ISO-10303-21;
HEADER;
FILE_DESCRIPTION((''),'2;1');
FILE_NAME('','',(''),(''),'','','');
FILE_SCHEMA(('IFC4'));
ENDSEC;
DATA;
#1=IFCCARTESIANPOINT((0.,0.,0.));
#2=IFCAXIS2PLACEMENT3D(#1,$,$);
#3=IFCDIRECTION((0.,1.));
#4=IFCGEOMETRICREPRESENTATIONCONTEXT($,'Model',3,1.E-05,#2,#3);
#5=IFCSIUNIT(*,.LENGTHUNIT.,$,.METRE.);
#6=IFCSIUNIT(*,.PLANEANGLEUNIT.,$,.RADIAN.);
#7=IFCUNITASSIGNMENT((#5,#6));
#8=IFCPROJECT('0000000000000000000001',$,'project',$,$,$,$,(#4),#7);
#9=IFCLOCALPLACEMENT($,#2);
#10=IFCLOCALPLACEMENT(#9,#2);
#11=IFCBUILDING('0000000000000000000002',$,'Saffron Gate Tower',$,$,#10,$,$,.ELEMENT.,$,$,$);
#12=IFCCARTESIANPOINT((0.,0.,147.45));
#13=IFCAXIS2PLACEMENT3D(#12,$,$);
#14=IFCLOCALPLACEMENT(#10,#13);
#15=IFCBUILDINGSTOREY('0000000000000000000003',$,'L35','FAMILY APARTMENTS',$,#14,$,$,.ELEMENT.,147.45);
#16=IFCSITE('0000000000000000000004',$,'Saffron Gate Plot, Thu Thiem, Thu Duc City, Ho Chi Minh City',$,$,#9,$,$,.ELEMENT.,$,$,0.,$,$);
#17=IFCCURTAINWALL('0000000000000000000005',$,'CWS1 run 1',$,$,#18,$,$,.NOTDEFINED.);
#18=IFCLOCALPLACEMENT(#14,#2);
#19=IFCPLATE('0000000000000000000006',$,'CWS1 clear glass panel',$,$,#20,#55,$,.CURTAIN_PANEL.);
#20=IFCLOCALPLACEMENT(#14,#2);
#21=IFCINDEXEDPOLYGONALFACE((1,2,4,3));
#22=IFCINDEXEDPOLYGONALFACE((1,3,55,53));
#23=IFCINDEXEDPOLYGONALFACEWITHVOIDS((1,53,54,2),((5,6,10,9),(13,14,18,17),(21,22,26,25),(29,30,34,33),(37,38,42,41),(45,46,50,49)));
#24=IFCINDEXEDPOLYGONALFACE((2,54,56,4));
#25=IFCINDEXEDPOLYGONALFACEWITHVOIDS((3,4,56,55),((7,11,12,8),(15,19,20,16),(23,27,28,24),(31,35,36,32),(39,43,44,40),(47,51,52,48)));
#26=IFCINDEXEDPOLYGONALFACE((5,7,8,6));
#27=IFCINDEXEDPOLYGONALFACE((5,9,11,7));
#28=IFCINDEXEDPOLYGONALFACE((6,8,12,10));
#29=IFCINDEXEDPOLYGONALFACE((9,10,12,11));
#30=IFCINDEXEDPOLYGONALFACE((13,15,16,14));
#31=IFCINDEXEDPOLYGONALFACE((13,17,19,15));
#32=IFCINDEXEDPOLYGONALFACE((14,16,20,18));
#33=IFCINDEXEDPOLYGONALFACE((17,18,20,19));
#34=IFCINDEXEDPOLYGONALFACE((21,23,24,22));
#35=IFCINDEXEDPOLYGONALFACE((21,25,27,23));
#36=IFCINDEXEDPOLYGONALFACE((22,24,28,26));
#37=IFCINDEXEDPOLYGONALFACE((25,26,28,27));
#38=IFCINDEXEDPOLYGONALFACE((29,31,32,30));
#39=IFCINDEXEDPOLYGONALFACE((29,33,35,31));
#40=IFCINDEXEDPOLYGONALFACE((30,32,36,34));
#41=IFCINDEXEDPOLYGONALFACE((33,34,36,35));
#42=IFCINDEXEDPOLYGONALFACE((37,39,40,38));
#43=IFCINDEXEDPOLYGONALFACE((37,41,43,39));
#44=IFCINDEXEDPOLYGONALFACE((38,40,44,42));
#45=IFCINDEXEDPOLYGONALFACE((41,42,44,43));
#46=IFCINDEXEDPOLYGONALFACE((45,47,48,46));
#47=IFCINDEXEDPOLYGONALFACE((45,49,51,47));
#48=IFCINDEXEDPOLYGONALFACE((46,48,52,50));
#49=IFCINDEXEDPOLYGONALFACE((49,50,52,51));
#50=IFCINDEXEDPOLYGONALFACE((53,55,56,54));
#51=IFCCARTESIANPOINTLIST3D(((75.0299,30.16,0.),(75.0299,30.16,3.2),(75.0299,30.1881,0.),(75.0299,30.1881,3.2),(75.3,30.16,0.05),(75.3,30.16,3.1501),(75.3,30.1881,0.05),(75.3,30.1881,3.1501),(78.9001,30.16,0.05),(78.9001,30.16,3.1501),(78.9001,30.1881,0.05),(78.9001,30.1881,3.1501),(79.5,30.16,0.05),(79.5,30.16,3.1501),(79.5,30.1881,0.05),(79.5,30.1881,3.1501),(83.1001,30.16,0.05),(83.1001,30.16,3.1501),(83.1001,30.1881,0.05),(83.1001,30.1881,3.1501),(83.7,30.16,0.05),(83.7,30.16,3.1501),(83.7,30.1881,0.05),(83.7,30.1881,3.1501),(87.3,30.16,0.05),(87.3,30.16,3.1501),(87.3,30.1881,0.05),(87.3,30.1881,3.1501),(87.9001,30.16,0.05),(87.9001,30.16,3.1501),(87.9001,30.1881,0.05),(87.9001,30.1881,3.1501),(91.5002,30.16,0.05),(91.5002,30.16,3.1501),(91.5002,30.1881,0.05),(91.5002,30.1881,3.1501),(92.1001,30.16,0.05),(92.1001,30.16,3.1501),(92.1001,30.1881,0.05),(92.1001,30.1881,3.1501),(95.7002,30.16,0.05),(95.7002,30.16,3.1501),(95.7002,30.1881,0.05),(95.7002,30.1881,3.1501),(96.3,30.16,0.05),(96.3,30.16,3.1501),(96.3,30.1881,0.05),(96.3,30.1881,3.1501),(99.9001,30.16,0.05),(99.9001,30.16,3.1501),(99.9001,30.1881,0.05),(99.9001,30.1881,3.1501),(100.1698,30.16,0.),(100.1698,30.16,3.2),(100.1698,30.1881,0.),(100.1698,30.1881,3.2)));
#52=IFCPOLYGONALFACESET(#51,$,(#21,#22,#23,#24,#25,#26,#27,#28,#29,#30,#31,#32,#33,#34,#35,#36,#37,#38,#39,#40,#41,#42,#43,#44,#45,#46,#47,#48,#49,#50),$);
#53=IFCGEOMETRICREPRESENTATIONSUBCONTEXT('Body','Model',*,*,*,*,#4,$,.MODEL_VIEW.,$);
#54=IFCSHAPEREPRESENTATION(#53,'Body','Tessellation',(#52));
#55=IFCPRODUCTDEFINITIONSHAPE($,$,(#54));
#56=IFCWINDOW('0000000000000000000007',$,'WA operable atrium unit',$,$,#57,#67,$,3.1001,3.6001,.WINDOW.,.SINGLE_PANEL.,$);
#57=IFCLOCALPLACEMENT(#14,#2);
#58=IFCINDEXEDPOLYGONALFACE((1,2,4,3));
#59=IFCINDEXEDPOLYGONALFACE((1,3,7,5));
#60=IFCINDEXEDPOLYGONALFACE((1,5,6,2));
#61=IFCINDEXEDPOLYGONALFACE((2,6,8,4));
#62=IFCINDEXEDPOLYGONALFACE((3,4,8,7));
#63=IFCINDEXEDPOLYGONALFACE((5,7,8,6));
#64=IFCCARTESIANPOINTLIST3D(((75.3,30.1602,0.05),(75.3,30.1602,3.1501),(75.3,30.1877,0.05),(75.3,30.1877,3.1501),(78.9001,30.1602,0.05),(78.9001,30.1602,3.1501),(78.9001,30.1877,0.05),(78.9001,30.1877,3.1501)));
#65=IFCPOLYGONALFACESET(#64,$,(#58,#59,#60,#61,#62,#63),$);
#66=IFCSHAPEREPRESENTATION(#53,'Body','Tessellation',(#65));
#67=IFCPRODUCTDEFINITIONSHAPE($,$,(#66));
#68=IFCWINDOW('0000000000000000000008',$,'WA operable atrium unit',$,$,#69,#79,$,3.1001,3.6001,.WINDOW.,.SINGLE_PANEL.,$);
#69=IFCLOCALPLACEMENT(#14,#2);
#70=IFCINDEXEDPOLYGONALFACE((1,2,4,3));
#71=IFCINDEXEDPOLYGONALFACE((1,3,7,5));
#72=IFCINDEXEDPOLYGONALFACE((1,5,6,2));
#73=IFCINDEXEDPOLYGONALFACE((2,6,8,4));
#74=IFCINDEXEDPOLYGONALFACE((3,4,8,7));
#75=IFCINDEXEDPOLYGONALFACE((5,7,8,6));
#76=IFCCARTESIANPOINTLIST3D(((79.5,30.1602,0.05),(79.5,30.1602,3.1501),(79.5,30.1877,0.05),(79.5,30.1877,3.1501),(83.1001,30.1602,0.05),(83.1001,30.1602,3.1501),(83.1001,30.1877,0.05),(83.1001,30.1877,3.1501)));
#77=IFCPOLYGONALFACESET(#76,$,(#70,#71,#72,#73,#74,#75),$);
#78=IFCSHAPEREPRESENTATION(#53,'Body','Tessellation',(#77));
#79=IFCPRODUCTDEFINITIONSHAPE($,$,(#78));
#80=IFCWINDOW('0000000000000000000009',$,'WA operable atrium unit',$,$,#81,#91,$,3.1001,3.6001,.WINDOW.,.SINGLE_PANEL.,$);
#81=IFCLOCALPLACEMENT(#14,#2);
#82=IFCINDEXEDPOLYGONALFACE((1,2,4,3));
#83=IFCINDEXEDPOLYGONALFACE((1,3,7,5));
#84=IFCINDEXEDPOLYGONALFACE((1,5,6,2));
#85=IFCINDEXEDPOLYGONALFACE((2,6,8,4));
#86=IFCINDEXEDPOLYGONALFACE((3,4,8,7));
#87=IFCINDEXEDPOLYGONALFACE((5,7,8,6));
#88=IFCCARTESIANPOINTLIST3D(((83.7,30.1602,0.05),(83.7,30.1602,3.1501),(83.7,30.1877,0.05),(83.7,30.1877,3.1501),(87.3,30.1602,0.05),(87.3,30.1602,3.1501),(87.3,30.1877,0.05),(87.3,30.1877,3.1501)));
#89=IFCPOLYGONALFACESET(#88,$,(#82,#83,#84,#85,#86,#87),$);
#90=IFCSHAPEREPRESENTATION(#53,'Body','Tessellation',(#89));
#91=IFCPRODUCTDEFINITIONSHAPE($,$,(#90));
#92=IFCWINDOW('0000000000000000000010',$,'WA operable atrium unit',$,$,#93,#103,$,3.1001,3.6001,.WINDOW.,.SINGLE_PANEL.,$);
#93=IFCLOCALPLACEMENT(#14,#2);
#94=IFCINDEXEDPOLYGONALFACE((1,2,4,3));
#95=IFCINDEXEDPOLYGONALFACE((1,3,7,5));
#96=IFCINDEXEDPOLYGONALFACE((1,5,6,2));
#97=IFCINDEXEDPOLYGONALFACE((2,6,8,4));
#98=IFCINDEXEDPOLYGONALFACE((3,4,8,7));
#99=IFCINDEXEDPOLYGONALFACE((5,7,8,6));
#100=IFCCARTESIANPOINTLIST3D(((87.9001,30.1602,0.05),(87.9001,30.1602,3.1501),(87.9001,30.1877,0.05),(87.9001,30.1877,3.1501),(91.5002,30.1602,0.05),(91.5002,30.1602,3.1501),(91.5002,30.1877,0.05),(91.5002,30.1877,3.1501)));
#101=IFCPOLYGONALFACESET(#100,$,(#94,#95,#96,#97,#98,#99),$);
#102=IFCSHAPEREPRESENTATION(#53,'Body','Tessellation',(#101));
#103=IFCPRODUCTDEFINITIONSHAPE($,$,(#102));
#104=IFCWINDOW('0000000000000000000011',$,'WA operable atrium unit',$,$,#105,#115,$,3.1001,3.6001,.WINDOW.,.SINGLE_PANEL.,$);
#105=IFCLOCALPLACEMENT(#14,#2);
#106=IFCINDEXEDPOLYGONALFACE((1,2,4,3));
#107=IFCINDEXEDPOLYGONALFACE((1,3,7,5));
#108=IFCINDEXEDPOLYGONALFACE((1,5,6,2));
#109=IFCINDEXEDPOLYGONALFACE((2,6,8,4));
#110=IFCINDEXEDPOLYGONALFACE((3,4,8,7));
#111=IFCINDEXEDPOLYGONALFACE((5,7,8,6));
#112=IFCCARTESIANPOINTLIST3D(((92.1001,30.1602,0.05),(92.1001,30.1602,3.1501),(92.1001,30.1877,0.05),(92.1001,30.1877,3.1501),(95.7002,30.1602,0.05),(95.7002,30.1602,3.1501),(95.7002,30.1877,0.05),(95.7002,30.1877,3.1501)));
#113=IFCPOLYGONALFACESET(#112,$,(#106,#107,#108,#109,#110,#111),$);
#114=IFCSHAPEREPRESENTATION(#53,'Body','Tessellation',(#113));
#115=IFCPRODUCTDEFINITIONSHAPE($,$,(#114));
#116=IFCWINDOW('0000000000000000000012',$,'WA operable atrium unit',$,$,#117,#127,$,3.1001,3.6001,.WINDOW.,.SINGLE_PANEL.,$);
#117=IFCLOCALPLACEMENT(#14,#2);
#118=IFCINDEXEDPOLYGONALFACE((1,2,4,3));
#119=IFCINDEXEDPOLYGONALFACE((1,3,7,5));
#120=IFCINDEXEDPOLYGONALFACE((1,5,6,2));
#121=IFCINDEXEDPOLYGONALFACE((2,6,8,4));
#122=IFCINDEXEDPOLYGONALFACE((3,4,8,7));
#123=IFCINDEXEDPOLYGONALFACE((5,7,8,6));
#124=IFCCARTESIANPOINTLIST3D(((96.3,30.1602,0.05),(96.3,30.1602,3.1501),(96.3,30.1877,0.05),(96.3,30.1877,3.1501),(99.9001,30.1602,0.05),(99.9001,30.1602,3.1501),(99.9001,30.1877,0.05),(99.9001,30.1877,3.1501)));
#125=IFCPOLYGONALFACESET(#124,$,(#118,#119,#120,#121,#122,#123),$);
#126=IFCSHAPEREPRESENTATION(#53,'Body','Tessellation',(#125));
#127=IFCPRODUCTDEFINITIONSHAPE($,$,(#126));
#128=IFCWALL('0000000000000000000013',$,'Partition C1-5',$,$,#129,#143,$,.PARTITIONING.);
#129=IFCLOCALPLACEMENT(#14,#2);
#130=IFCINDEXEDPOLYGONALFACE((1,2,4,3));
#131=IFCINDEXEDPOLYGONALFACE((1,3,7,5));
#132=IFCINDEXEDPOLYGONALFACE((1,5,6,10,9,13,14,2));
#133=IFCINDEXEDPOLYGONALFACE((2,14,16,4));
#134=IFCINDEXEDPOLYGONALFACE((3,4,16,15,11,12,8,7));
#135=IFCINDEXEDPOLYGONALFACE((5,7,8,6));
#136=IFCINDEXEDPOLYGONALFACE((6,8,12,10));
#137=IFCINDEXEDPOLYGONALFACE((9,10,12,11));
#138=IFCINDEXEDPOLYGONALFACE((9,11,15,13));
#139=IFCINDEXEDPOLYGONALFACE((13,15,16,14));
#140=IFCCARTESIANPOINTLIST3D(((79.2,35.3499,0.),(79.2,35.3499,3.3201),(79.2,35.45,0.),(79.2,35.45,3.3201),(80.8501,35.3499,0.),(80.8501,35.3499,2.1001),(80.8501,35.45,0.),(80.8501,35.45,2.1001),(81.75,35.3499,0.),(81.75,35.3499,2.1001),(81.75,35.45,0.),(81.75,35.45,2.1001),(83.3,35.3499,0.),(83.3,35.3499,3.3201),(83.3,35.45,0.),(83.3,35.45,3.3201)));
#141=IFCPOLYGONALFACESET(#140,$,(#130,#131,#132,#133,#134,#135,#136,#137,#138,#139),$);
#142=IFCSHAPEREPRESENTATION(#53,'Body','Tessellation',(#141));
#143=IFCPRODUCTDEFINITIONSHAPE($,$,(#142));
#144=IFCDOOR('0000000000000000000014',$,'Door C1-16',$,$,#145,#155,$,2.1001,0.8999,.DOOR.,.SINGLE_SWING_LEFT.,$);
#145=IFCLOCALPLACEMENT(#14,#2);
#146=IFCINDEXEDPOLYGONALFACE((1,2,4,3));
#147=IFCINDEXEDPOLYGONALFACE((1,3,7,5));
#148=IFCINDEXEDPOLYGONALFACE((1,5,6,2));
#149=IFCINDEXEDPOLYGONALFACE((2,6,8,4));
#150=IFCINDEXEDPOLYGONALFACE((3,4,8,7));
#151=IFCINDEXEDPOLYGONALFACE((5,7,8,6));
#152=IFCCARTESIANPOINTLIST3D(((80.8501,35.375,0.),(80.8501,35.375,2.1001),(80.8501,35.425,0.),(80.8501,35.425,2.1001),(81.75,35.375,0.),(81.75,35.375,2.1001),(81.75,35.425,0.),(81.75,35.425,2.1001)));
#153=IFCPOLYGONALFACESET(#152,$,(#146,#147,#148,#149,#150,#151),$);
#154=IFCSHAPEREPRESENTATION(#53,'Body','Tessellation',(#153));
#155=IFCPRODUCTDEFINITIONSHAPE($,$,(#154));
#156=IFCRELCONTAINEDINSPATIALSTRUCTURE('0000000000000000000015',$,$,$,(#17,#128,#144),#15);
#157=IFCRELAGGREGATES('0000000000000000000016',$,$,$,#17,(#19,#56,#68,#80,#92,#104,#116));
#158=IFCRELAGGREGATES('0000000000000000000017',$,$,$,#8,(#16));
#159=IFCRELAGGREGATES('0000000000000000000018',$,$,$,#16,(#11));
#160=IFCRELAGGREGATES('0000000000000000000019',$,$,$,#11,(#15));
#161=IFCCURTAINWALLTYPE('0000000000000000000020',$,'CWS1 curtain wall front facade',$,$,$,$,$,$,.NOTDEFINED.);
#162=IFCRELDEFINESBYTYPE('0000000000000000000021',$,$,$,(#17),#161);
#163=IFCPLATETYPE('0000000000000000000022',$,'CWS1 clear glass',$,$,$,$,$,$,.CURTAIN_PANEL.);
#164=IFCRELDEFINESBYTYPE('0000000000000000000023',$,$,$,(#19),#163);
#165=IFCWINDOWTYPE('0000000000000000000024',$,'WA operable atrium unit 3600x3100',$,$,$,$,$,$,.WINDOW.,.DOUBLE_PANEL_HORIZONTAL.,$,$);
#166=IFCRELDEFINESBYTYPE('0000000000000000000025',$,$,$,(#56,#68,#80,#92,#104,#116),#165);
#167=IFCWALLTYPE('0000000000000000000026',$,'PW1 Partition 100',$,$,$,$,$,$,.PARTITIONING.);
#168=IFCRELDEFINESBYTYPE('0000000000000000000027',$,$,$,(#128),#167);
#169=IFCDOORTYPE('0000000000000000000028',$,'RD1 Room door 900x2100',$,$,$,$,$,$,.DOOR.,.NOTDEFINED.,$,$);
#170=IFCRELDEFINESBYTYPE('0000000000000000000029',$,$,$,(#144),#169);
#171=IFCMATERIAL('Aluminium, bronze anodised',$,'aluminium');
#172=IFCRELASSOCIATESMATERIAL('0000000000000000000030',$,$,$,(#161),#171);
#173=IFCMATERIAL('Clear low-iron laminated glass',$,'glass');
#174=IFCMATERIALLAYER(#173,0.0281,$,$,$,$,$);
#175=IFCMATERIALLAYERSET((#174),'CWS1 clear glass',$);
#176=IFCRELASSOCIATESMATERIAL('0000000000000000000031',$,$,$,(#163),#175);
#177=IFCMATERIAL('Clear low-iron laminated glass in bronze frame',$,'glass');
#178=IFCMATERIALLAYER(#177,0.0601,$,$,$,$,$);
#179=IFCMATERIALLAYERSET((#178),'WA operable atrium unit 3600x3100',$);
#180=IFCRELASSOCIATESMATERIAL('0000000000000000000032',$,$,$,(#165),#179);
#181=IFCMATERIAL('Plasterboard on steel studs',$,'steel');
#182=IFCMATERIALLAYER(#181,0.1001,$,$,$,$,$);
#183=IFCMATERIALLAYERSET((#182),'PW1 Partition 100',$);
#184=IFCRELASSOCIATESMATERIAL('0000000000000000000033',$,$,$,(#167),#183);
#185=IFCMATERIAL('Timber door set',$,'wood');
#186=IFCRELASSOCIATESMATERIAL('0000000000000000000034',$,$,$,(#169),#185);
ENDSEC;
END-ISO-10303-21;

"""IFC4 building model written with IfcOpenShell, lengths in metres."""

from ifc_helpers import new_model, si_unit, direction, frame, frame_2d, origin, place, context, subcontext, project, spatial, rectangle, extrude, material, layer, layer_set, type_object, element, fill, aggregate, save


model = new_model("IFC4")

# Units and contexts
model_context = context("Model", 3, precision=1e-05, world=origin(), true_north=direction((0.0, 1.0)))
body_context = subcontext(model_context, "Body", "Model", "MODEL_VIEW")
ifc_project = project(units=[si_unit("LENGTHUNIT", "METRE"), si_unit("PLANEANGLEUNIT", "RADIAN")], contexts=[model_context])

# Site, building, storey
site_placement = place(None, origin())
site = spatial("IfcSite", under=ifc_project, at=site_placement, Name="Saffron Gate Plot, Thu Thiem, Thu Duc City, Ho Chi Minh City", CompositionType="ELEMENT", RefElevation=0.0)
building_placement = place(site_placement, origin())
building = spatial("IfcBuilding", under=site, at=building_placement, Name="Saffron Gate Tower", CompositionType="ELEMENT")
storey_placement = place(building_placement, frame((0.0, 0.0, 147.45)))
storey = spatial("IfcBuildingStorey", under=building, at=storey_placement, Name="L35", Description="FAMILY APARTMENTS", CompositionType="ELEMENT", Elevation=147.45)

# Curtain wall, plate, openings, windows
ifc_material_1 = material(Name="Aluminium, bronze anodised", Category="aluminium")
curtain_wall_type = type_object("IfcCurtainWallType", Name="CWS1 curtain wall front facade", PredefinedType="NOTDEFINED", material=ifc_material_1)
curtain_wall_placement = place(storey_placement, origin())
curtain_wall = element("IfcCurtainWall", 1, at=curtain_wall_placement, inside=storey, type_object=curtain_wall_type, Name="CWS1 run 1", PredefinedType="NOTDEFINED")
ifc_material_2 = material(Name="Clear low-iron laminated glass", Category="glass")
ifc_layer_1 = layer(ifc_material_2, 0.0281)
ifc_layer_set_1 = layer_set([ifc_layer_1], Name="CWS1 clear glass")
plate_type = type_object("IfcPlateType", Name="CWS1 clear glass", PredefinedType="CURTAIN_PANEL", material=ifc_layer_set_1)
plate_placement = place(storey_placement, frame((75.03, 30.1741, 0.0), z_axis=(0.0, 0.0, 1.0), x_axis=(1.0, 0.0, 0.0)))
plate = element("IfcPlate", 2, at=plate_placement, type_object=plate_type, Name="CWS1 clear glass panel", PredefinedType="CURTAIN_PANEL", context=body_context, shape_type="SweptSolid", body=[
    extrude(rectangle(XDim=25.1399, YDim=0.0281, at=frame_2d((12.5698, 0.0))), origin(), (0.0, 0.0, 1.0), 3.2),
])
opening_1_placement = place(plate_placement, frame((0.27, 0.0, 0.05)))
opening_1 = element("IfcOpeningElement", 3, at=opening_1_placement, cuts=plate, PredefinedType="OPENING", context=body_context, shape_type="SweptSolid", body=[
    extrude(rectangle(XDim=3.6001, YDim=3.1001, at=frame_2d((1.8, 1.55))), frame((0.0, 0.0239, 0.0), z_axis=(0.0, -1.0, 0.0), x_axis=(1.0, 0.0, 0.0)), (0.0, 0.0, 1.0), 0.0481),
])
opening_2_placement = place(plate_placement, frame((4.47, 0.0, 0.05)))
opening_2 = element("IfcOpeningElement", 4, at=opening_2_placement, cuts=plate, PredefinedType="OPENING", context=body_context, shape_type="SweptSolid", body=[
    extrude(rectangle(XDim=3.6001, YDim=3.1001, at=frame_2d((1.8, 1.55))), frame((0.0, 0.0239, 0.0), z_axis=(0.0, -1.0, 0.0), x_axis=(1.0, 0.0, 0.0)), (0.0, 0.0, 1.0), 0.0481),
])
opening_3_placement = place(plate_placement, frame((8.6699, 0.0, 0.05)))
opening_3 = element("IfcOpeningElement", 5, at=opening_3_placement, cuts=plate, PredefinedType="OPENING", context=body_context, shape_type="SweptSolid", body=[
    extrude(rectangle(XDim=3.6001, YDim=3.1001, at=frame_2d((1.8, 1.55))), frame((0.0, 0.0239, 0.0), z_axis=(0.0, -1.0, 0.0), x_axis=(1.0, 0.0, 0.0)), (0.0, 0.0, 1.0), 0.0481),
])
opening_4_placement = place(plate_placement, frame((12.8701, 0.0, 0.05)))
opening_4 = element("IfcOpeningElement", 6, at=opening_4_placement, cuts=plate, PredefinedType="OPENING", context=body_context, shape_type="SweptSolid", body=[
    extrude(rectangle(XDim=3.6001, YDim=3.1001, at=frame_2d((1.8, 1.55))), frame((0.0, 0.0239, 0.0), z_axis=(0.0, -1.0, 0.0), x_axis=(1.0, 0.0, 0.0)), (0.0, 0.0, 1.0), 0.0481),
])
opening_5_placement = place(plate_placement, frame((17.0701, 0.0, 0.05)))
opening_5 = element("IfcOpeningElement", 7, at=opening_5_placement, cuts=plate, PredefinedType="OPENING", context=body_context, shape_type="SweptSolid", body=[
    extrude(rectangle(XDim=3.6001, YDim=3.1001, at=frame_2d((1.8, 1.55))), frame((0.0, 0.0239, 0.0), z_axis=(0.0, -1.0, 0.0), x_axis=(1.0, 0.0, 0.0)), (0.0, 0.0, 1.0), 0.0481),
])
opening_6_placement = place(plate_placement, frame((21.27, 0.0, 0.05)))
opening_6 = element("IfcOpeningElement", 8, at=opening_6_placement, cuts=plate, PredefinedType="OPENING", context=body_context, shape_type="SweptSolid", body=[
    extrude(rectangle(XDim=3.6001, YDim=3.1001, at=frame_2d((1.8, 1.55))), frame((0.0, 0.0239, 0.0), z_axis=(0.0, -1.0, 0.0), x_axis=(1.0, 0.0, 0.0)), (0.0, 0.0, 1.0), 0.0481),
])
ifc_material_3 = material(Name="Clear low-iron laminated glass in bronze frame", Category="glass")
ifc_layer_2 = layer(ifc_material_3, 0.0601)
ifc_layer_set_2 = layer_set([ifc_layer_2], Name="WA operable atrium unit 3600x3100")
window_type = type_object("IfcWindowType", Name="WA operable atrium unit 3600x3100", PartitioningType="DOUBLE_PANEL_HORIZONTAL", PredefinedType="WINDOW", material=ifc_layer_set_2)
window_1_placement = place(opening_1_placement, origin())
window_1 = element("IfcWindow", 9, at=window_1_placement, type_object=window_type, Name="WA operable atrium unit", OverallHeight=3.1001, OverallWidth=3.6001, PartitioningType="SINGLE_PANEL", PredefinedType="WINDOW", context=body_context, shape_type="SweptSolid", body=[
    extrude(rectangle(XDim=3.6001, YDim=3.1001, at=frame_2d((1.8, 1.55))), frame((0.0, 0.0137, 0.0), z_axis=(0.0, -1.0, 0.0), x_axis=(1.0, 0.0, 0.0)), (0.0, 0.0, 1.0), 0.0276),
])
fill(opening_1, window_1)
window_2_placement = place(opening_2_placement, origin())
window_2 = element("IfcWindow", 10, at=window_2_placement, type_object=window_type, Name="WA operable atrium unit", OverallHeight=3.1001, OverallWidth=3.6001, PartitioningType="SINGLE_PANEL", PredefinedType="WINDOW", context=body_context, shape_type="SweptSolid", body=[
    extrude(rectangle(XDim=3.6001, YDim=3.1001, at=frame_2d((1.8, 1.55))), frame((0.0, 0.0137, 0.0), z_axis=(0.0, -1.0, 0.0), x_axis=(1.0, 0.0, 0.0)), (0.0, 0.0, 1.0), 0.0276),
])
fill(opening_2, window_2)
window_3_placement = place(opening_3_placement, origin())
window_3 = element("IfcWindow", 11, at=window_3_placement, type_object=window_type, Name="WA operable atrium unit", OverallHeight=3.1001, OverallWidth=3.6001, PartitioningType="SINGLE_PANEL", PredefinedType="WINDOW", context=body_context, shape_type="SweptSolid", body=[
    extrude(rectangle(XDim=3.6001, YDim=3.1001, at=frame_2d((1.8, 1.55))), frame((0.0, 0.0137, 0.0), z_axis=(0.0, -1.0, 0.0), x_axis=(1.0, 0.0, 0.0)), (0.0, 0.0, 1.0), 0.0276),
])
fill(opening_3, window_3)
window_4_placement = place(opening_4_placement, origin())
window_4 = element("IfcWindow", 12, at=window_4_placement, type_object=window_type, Name="WA operable atrium unit", OverallHeight=3.1001, OverallWidth=3.6001, PartitioningType="SINGLE_PANEL", PredefinedType="WINDOW", context=body_context, shape_type="SweptSolid", body=[
    extrude(rectangle(XDim=3.6001, YDim=3.1001, at=frame_2d((1.8, 1.55))), frame((0.0, 0.0137, 0.0), z_axis=(0.0, -1.0, 0.0), x_axis=(1.0, 0.0, 0.0)), (0.0, 0.0, 1.0), 0.0276),
])
fill(opening_4, window_4)
window_5_placement = place(opening_5_placement, origin())
window_5 = element("IfcWindow", 13, at=window_5_placement, type_object=window_type, Name="WA operable atrium unit", OverallHeight=3.1001, OverallWidth=3.6001, PartitioningType="SINGLE_PANEL", PredefinedType="WINDOW", context=body_context, shape_type="SweptSolid", body=[
    extrude(rectangle(XDim=3.6001, YDim=3.1001, at=frame_2d((1.8, 1.55))), frame((0.0, 0.0137, 0.0), z_axis=(0.0, -1.0, 0.0), x_axis=(1.0, 0.0, 0.0)), (0.0, 0.0, 1.0), 0.0276),
])
fill(opening_5, window_5)
window_6_placement = place(opening_6_placement, origin())
window_6 = element("IfcWindow", 14, at=window_6_placement, type_object=window_type, Name="WA operable atrium unit", OverallHeight=3.1001, OverallWidth=3.6001, PartitioningType="SINGLE_PANEL", PredefinedType="WINDOW", context=body_context, shape_type="SweptSolid", body=[
    extrude(rectangle(XDim=3.6001, YDim=3.1001, at=frame_2d((1.8, 1.55))), frame((0.0, 0.0137, 0.0), z_axis=(0.0, -1.0, 0.0), x_axis=(1.0, 0.0, 0.0)), (0.0, 0.0, 1.0), 0.0276),
])
fill(opening_6, window_6)
aggregate(curtain_wall, [plate, window_1, window_2, window_3, window_4, window_5, window_6])

# Wall, opening, door
ifc_material_4 = material(Name="Plasterboard on steel studs", Category="steel")
ifc_layer_3 = layer(ifc_material_4, 0.1001)
ifc_layer_set_3 = layer_set([ifc_layer_3], Name="PW1 Partition 100")
wall_type_1 = type_object("IfcWallType", Name="PW1 Partition 100", PredefinedType="PARTITIONING", material=ifc_layer_set_3)
wall_1_placement = place(storey_placement, frame((83.3, 35.3999, 0.0), z_axis=(0.0, 0.0, 1.0), x_axis=(-1.0, 0.0, 0.0)))
wall_1 = element("IfcWall", 15, at=wall_1_placement, inside=storey, type_object=wall_type_1, Name="Partition C1-5", PredefinedType="PARTITIONING", context=body_context, shape_type="SweptSolid", body=[
    extrude(rectangle(XDim=4.1001, YDim=0.1001, at=frame_2d((2.05, 0.0))), origin(), (0.0, 0.0, 1.0), 3.3201),
])
opening_7_placement = place(wall_1_placement, frame((1.55, 0.0, 0.0)))
opening_7 = element("IfcOpeningElement", 16, at=opening_7_placement, cuts=wall_1, PredefinedType="OPENING", context=body_context, shape_type="SweptSolid", body=[
    extrude(rectangle(XDim=0.8999, YDim=2.1001, at=frame_2d((0.45, 1.05))), frame((0.0, 0.0601, 0.0), z_axis=(0.0, -1.0, 0.0), x_axis=(1.0, 0.0, 0.0)), (0.0, 0.0, 1.0), 0.1201),
])
ifc_material_5 = material(Name="Timber door set", Category="wood")
door_type_1 = type_object("IfcDoorType", Name="RD1 Room door 900x2100", OperationType="NOTDEFINED", PredefinedType="DOOR", material=ifc_material_5)
door_1_placement = place(opening_7_placement, origin())
door_1 = element("IfcDoor", 17, at=door_1_placement, inside=storey, type_object=door_type_1, Name="Door C1-16", OperationType="SINGLE_SWING_LEFT", OverallHeight=2.1001, OverallWidth=0.8999, PredefinedType="DOOR", context=body_context, shape_type="SweptSolid", body=[
    extrude(rectangle(XDim=0.8999, YDim=2.1001, at=frame_2d((0.45, 1.05))), frame((0.0, 0.0249, 0.0), z_axis=(0.0, -1.0, 0.0), x_axis=(1.0, 0.0, 0.0)), (0.0, 0.0, 1.0), 0.05),
])
fill(opening_7, door_1)

save(model, "model.ifc")
